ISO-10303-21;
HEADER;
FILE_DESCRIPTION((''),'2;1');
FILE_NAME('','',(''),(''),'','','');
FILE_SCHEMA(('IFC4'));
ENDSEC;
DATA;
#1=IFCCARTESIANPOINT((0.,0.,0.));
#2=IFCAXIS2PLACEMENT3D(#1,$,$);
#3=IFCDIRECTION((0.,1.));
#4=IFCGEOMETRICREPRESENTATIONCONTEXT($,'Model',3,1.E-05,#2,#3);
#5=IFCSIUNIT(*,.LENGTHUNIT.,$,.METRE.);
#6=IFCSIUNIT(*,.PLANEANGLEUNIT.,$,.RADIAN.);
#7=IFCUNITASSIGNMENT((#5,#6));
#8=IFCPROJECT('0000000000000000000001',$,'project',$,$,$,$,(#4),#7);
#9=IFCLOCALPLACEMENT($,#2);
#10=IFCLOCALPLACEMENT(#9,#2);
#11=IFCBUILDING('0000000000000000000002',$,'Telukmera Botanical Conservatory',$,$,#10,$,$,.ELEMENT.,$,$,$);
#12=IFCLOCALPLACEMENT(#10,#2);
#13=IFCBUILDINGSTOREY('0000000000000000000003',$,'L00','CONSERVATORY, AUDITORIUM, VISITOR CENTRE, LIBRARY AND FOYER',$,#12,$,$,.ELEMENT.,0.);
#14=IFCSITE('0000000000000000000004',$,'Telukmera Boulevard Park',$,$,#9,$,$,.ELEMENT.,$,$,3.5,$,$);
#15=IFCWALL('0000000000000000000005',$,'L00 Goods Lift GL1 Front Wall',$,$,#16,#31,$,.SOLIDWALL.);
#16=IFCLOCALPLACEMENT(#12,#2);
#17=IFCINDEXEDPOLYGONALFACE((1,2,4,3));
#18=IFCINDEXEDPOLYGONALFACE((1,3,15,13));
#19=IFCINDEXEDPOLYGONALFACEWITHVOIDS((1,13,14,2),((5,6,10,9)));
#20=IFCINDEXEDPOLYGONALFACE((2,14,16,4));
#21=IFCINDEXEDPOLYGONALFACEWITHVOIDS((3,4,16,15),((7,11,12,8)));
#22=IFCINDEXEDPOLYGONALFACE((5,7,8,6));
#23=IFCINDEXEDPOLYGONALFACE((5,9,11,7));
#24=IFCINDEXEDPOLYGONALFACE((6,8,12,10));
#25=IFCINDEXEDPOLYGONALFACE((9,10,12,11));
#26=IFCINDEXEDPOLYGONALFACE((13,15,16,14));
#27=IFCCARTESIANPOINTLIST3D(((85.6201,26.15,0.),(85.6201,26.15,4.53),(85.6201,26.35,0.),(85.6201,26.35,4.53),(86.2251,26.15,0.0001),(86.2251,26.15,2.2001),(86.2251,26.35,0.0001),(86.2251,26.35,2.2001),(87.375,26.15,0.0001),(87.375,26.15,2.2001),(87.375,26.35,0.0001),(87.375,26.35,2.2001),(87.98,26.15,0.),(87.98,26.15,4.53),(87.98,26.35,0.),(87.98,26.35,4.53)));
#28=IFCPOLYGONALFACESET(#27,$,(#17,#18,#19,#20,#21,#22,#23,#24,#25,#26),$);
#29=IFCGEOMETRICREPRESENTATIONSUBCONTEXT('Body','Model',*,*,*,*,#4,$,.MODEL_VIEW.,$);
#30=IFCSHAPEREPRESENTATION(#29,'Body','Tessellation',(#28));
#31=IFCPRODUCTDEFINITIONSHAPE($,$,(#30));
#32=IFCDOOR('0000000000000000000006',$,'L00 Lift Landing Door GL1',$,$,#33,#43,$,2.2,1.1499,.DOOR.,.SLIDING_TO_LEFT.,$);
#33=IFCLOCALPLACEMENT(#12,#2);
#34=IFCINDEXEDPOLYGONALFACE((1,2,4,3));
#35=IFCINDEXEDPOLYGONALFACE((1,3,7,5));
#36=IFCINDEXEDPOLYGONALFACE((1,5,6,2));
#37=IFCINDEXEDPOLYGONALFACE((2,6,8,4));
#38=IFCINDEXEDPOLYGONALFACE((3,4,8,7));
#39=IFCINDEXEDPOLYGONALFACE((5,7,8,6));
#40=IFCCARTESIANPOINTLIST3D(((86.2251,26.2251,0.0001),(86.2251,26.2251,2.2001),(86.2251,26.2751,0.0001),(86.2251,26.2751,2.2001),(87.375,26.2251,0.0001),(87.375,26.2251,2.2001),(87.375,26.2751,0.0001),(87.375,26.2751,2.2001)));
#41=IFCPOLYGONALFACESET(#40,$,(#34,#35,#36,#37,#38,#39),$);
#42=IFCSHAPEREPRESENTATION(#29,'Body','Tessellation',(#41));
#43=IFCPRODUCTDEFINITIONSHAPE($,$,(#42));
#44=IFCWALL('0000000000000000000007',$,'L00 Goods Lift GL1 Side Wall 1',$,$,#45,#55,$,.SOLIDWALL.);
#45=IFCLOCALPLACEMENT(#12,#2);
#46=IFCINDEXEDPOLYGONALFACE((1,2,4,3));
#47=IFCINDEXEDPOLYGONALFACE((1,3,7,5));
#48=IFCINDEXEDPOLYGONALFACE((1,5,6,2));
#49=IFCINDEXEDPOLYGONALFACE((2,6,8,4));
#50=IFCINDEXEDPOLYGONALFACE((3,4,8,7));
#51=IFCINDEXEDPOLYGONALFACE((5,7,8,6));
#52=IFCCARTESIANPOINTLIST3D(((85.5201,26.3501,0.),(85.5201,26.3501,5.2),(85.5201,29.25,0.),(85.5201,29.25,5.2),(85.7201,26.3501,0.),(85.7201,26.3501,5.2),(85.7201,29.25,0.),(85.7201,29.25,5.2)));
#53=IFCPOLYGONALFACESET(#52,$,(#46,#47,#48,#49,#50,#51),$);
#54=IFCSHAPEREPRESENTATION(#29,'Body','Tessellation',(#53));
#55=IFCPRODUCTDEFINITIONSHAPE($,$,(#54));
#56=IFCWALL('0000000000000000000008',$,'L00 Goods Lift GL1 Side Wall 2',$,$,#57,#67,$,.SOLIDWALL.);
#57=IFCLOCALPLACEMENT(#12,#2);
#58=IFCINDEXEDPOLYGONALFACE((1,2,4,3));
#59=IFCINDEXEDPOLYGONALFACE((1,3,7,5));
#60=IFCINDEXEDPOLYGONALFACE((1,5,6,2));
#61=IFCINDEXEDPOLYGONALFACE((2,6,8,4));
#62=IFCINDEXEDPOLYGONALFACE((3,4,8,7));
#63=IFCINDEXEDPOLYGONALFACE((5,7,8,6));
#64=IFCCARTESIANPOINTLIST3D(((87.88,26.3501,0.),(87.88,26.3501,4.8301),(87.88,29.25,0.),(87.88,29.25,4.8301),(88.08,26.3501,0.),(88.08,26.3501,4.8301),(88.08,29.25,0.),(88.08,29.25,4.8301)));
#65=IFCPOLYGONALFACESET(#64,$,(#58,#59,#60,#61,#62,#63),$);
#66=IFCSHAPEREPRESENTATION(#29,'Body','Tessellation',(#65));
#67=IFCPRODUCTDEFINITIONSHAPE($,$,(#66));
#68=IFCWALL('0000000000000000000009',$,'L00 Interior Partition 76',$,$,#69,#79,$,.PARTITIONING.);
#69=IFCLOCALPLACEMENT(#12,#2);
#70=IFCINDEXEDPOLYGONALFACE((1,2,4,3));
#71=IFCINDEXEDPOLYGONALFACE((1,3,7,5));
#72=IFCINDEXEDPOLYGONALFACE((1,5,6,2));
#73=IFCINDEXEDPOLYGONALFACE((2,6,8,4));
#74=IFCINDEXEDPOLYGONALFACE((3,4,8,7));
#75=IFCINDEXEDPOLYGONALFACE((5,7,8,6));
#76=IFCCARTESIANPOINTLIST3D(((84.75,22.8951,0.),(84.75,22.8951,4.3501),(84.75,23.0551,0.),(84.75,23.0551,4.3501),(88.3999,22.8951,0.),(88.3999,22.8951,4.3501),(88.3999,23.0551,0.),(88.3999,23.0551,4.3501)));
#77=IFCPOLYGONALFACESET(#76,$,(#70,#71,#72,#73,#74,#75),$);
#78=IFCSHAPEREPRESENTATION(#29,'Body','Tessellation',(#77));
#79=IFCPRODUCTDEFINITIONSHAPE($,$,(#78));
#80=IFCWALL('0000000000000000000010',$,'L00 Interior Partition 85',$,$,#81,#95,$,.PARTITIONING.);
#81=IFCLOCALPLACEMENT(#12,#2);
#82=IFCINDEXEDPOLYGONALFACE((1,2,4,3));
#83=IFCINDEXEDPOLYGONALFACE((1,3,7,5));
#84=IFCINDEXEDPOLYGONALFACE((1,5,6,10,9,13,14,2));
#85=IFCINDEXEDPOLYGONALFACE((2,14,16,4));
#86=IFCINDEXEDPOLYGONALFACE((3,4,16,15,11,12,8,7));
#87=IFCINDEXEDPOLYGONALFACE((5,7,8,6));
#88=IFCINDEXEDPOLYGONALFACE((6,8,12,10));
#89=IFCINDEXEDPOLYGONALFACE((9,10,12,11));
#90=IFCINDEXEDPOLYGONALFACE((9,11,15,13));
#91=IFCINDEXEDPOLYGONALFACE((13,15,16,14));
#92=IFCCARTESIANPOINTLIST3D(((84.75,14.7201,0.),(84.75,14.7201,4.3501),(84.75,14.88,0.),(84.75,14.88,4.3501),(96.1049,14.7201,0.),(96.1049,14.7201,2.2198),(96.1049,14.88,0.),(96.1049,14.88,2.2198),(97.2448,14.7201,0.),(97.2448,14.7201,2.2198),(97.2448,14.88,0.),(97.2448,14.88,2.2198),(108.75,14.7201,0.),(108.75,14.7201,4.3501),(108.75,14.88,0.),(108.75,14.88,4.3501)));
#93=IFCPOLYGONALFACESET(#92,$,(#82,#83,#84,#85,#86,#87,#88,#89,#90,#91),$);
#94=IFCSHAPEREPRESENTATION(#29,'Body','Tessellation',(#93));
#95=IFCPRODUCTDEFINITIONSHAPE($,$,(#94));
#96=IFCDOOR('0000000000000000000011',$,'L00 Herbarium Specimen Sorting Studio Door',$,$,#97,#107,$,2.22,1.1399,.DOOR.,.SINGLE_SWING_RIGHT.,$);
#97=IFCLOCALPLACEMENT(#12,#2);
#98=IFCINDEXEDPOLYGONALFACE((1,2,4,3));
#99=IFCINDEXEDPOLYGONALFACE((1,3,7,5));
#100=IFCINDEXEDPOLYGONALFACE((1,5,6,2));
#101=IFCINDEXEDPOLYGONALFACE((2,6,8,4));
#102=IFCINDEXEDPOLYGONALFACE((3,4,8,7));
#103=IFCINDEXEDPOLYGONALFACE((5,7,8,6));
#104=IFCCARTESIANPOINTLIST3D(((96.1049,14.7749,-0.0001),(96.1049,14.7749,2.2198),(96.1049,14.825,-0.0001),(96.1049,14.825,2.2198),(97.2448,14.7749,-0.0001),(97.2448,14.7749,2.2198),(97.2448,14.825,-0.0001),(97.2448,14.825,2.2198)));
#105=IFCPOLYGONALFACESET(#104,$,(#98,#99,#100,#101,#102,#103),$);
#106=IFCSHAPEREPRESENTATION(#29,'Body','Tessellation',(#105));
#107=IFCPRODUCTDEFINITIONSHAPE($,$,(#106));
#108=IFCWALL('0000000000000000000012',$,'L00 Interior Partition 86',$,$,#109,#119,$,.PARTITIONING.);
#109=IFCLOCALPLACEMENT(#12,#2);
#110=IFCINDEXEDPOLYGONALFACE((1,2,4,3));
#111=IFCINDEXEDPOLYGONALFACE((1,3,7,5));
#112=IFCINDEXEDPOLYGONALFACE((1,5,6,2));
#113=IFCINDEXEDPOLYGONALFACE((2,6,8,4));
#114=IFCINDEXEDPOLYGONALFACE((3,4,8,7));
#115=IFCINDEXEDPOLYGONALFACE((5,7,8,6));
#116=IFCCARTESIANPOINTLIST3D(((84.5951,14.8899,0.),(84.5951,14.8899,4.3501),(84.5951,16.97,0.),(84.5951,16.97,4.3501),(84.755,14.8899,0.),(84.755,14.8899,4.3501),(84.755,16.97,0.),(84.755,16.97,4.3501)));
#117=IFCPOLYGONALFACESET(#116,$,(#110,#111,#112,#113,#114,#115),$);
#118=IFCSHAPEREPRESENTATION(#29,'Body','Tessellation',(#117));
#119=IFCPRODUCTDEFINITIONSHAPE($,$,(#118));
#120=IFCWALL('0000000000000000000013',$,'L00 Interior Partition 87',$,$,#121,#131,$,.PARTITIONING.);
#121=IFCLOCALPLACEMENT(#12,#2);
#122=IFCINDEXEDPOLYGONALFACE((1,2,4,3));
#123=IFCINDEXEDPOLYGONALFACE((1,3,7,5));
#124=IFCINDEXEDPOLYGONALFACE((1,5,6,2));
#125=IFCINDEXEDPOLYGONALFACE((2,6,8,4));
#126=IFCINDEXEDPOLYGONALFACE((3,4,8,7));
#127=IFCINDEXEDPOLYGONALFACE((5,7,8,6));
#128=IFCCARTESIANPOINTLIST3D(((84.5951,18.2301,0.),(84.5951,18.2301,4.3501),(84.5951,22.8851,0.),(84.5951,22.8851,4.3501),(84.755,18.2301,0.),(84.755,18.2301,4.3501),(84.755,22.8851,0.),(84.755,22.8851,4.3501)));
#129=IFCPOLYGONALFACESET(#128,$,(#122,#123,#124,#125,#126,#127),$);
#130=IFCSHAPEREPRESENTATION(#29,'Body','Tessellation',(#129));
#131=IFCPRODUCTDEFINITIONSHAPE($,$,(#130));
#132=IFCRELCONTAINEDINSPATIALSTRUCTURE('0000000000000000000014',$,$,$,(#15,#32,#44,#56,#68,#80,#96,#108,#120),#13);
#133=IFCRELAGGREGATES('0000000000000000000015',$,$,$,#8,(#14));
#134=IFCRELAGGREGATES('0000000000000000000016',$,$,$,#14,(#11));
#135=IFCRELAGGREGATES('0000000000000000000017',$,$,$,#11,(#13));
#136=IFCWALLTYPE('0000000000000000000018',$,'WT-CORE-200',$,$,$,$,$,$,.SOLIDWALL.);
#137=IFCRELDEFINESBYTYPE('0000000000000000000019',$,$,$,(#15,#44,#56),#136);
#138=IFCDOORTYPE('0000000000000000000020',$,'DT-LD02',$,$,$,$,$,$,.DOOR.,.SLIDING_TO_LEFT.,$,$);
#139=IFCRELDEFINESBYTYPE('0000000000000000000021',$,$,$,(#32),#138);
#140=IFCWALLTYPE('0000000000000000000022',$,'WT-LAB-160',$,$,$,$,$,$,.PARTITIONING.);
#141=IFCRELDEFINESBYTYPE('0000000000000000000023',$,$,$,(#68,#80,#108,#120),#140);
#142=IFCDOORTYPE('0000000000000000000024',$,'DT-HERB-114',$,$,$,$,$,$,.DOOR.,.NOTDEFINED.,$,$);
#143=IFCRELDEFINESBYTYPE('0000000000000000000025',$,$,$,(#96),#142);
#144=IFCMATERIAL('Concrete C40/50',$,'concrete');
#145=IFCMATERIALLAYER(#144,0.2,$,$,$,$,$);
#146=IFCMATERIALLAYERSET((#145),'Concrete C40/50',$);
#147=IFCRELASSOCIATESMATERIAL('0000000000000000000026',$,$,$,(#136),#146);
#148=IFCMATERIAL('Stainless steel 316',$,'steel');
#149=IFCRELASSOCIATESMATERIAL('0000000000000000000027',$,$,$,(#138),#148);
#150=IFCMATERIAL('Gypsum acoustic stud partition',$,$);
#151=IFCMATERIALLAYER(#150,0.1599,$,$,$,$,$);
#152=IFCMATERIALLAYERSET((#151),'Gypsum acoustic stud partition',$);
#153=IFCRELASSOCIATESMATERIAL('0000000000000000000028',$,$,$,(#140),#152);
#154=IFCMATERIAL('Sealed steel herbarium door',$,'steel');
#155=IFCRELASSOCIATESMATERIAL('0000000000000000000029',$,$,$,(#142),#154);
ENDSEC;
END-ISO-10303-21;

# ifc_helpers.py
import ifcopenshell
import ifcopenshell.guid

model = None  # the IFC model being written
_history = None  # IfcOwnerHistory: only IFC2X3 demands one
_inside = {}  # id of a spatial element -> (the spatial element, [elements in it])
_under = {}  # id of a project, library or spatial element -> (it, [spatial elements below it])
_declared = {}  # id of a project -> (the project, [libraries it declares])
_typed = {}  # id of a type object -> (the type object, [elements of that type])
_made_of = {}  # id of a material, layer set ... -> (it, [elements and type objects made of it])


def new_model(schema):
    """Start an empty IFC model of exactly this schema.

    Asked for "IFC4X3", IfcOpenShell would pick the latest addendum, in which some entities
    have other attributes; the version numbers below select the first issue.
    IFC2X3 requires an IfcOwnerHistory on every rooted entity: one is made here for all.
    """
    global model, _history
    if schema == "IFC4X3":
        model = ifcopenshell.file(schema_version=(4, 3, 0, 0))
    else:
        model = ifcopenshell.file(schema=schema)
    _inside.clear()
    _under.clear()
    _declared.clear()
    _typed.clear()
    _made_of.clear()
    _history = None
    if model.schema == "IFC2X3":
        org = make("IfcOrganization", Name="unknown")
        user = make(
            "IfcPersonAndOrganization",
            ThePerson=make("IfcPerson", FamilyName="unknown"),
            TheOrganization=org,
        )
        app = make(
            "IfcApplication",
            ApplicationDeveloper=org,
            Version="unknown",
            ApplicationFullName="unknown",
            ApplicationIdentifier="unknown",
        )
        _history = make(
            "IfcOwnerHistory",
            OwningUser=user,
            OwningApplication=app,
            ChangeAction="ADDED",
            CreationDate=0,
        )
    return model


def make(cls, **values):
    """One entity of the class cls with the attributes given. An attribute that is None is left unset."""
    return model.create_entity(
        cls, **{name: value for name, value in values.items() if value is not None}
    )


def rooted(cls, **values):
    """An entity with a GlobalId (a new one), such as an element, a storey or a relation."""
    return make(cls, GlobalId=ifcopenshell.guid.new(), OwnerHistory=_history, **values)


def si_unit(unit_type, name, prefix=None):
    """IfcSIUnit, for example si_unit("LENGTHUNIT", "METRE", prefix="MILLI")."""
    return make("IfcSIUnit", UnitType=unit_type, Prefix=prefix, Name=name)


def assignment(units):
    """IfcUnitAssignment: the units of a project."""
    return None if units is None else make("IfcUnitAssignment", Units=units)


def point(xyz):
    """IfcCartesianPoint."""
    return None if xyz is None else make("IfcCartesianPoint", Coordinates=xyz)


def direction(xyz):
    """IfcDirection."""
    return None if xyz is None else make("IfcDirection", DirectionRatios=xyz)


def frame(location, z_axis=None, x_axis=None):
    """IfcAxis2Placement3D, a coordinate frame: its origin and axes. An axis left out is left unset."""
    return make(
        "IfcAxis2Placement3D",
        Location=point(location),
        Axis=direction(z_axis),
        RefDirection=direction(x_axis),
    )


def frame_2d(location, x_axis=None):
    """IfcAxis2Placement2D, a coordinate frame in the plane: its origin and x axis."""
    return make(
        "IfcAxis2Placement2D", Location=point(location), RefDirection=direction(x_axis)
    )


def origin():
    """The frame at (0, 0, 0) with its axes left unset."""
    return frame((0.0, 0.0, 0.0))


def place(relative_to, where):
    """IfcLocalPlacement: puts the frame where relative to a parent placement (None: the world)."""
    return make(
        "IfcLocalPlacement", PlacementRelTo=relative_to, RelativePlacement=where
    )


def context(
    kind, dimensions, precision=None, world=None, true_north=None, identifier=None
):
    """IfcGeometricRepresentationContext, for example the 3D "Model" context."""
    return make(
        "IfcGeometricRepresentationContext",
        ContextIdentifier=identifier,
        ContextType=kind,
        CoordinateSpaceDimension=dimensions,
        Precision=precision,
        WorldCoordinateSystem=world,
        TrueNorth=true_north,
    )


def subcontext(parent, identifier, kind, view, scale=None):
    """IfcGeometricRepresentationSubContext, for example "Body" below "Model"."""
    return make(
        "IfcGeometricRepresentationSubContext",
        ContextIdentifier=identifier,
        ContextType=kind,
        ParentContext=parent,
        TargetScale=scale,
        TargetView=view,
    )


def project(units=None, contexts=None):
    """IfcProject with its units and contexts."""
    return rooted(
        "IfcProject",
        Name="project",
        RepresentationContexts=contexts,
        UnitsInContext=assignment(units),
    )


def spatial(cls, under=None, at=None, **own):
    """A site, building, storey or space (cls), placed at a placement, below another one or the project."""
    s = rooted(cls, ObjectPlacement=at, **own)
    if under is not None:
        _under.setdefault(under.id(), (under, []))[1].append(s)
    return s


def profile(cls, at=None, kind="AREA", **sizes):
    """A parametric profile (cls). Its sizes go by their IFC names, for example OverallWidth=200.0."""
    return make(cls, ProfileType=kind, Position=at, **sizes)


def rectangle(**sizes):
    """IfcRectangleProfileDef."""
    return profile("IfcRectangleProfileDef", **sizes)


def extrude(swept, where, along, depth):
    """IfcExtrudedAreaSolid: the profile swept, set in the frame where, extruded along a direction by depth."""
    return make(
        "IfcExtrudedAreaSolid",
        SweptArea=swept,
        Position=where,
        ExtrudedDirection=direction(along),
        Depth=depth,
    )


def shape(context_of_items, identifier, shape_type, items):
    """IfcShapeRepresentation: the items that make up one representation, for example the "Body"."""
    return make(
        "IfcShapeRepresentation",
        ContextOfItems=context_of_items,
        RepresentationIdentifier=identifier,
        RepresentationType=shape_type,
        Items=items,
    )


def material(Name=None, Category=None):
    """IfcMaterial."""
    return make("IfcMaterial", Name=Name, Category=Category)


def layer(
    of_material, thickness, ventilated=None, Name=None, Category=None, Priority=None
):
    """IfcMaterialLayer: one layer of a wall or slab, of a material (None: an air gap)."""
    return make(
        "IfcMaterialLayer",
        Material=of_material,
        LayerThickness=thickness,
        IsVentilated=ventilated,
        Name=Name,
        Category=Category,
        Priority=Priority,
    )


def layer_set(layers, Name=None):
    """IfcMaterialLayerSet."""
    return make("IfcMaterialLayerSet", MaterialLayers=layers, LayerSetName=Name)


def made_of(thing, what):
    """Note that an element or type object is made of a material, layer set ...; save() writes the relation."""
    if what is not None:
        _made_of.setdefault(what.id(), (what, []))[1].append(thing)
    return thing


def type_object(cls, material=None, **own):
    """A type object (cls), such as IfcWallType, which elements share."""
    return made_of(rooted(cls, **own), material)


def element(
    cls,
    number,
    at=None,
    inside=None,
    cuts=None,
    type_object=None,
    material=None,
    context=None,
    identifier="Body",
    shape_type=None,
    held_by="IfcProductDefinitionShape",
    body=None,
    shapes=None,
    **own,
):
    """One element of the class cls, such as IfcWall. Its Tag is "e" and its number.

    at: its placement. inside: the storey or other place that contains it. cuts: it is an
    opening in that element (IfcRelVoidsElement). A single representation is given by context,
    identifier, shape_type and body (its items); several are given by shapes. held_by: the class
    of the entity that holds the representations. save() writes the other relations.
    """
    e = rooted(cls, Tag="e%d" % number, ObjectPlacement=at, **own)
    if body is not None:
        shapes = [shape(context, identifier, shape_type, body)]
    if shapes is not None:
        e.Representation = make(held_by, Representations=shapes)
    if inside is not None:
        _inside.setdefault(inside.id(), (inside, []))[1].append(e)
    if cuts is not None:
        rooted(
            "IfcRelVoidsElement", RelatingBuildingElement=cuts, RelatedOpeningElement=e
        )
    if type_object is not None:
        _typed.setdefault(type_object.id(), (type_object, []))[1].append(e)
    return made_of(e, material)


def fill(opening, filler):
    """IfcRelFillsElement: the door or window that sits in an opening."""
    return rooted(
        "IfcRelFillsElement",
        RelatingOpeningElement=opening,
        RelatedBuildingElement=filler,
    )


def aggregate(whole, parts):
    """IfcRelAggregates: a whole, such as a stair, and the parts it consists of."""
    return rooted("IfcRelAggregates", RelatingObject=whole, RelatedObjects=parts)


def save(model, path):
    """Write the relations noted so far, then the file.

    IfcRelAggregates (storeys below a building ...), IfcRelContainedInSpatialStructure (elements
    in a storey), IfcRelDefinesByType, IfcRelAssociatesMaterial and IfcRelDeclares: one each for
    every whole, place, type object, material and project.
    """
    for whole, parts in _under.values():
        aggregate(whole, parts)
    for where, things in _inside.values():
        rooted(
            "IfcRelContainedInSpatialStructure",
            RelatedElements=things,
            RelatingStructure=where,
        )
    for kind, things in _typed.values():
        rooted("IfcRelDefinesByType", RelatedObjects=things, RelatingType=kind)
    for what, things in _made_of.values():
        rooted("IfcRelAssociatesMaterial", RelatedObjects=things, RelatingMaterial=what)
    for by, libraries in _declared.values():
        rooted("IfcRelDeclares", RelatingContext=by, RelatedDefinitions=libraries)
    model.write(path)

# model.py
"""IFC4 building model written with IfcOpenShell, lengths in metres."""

from ifc_helpers import new_model, si_unit, direction, frame, frame_2d, origin, place, context, subcontext, project, spatial, rectangle, extrude, material, layer, layer_set, type_object, element, fill, save


model = new_model("IFC4")

# Units and contexts
model_context = context("Model", 3, precision=1e-05, world=origin(), true_north=direction((0.0, 1.0)))
body_context = subcontext(model_context, "Body", "Model", "MODEL_VIEW")
ifc_project = project(units=[si_unit("LENGTHUNIT", "METRE"), si_unit("PLANEANGLEUNIT", "RADIAN")], contexts=[model_context])

# Site, building, storey
site_placement = place(None, origin())
site = spatial("IfcSite", under=ifc_project, at=site_placement, Name="Telukmera Boulevard Park", CompositionType="ELEMENT", RefElevation=3.5)
building_placement = place(site_placement, origin())
building = spatial("IfcBuilding", under=site, at=building_placement, Name="Telukmera Botanical Conservatory", CompositionType="ELEMENT")
storey_placement = place(building_placement, origin())
storey = spatial("IfcBuildingStorey", under=building, at=storey_placement, Name="L00", Description="CONSERVATORY, AUDITORIUM, VISITOR CENTRE, LIBRARY AND FOYER", CompositionType="ELEMENT", Elevation=0.0)

# Shared definitions
ifc_material_1 = material(Name="Concrete C40/50", Category="concrete")

# Wall, opening, door
ifc_layer_1 = layer(ifc_material_1, 0.2)
ifc_layer_set_1 = layer_set([ifc_layer_1], Name="Concrete C40/50")
wall_type_1 = type_object("IfcWallType", Name="WT-CORE-200", PredefinedType="SOLIDWALL", material=ifc_layer_set_1)
wall_1_placement = place(storey_placement, frame((85.6201, 26.25, 0.0), z_axis=(0.0, 0.0, 1.0), x_axis=(1.0, 0.0, 0.0)))
wall_1 = element("IfcWall", 1, at=wall_1_placement, inside=storey, type_object=wall_type_1, Name="L00 Goods Lift GL1 Front Wall", PredefinedType="SOLIDWALL", context=body_context, shape_type="SweptSolid", body=[
    extrude(rectangle(XDim=2.3599, YDim=0.2, at=frame_2d((1.1799, 0.0))), origin(), (0.0, 0.0, 1.0), 4.53),
])
opening_1_placement = place(wall_1_placement, frame((0.605, 0.0, 0.0)))
opening_1 = element("IfcOpeningElement", 2, at=opening_1_placement, cuts=wall_1, PredefinedType="OPENING", context=body_context, shape_type="SweptSolid", body=[
    extrude(rectangle(XDim=1.1499, YDim=2.2, at=frame_2d((0.575, 1.1001))), frame((0.0, 0.1099, 0.0), z_axis=(0.0, -1.0, 0.0), x_axis=(1.0, 0.0, 0.0)), (0.0, 0.0, 1.0), 0.22),
])
ifc_material_2 = material(Name="Stainless steel 316", Category="steel")
door_type_1 = type_object("IfcDoorType", Name="DT-LD02", OperationType="SLIDING_TO_LEFT", PredefinedType="DOOR", material=ifc_material_2)
door_1_placement = place(opening_1_placement, frame((1.1499, 0.0, 0.0), z_axis=(0.0, 0.0, 1.0), x_axis=(-1.0, 0.0, 0.0)))
door_1 = element("IfcDoor", 3, at=door_1_placement, inside=storey, type_object=door_type_1, Name="L00 Lift Landing Door GL1", OperationType="SLIDING_TO_LEFT", OverallHeight=2.2, OverallWidth=1.1499, PredefinedType="DOOR", context=body_context, shape_type="SweptSolid", body=[
    extrude(rectangle(XDim=1.1499, YDim=2.2, at=frame_2d((0.575, 1.1001))), frame((0.0, 0.0249, 0.0), z_axis=(0.0, -1.0, 0.0), x_axis=(1.0, 0.0, 0.0)), (0.0, 0.0, 1.0), 0.05),
])
fill(opening_1, door_1)

# Walls
wall_2_placement = place(storey_placement, frame((85.6201, 26.3501, 0.0), z_axis=(0.0, 0.0, 1.0), x_axis=(0.0, 1.0, 0.0)))
element("IfcWall", 4, at=wall_2_placement, inside=storey, type_object=wall_type_1, Name="L00 Goods Lift GL1 Side Wall 1", PredefinedType="SOLIDWALL", context=body_context, shape_type="SweptSolid", body=[
    extrude(rectangle(XDim=2.8999, YDim=0.2, at=frame_2d((1.45, 0.0))), origin(), (0.0, 0.0, 1.0), 5.2),
])
wall_3_placement = place(storey_placement, frame((87.98, 26.3501, 0.0), z_axis=(0.0, 0.0, 1.0), x_axis=(0.0, 1.0, 0.0)))
element("IfcWall", 5, at=wall_3_placement, inside=storey, type_object=wall_type_1, Name="L00 Goods Lift GL1 Side Wall 2", PredefinedType="SOLIDWALL", context=body_context, shape_type="SweptSolid", body=[
    extrude(rectangle(XDim=2.8999, YDim=0.2, at=frame_2d((1.45, 0.0))), origin(), (0.0, 0.0, 1.0), 4.8301),
])
ifc_material_3 = material(Name="Gypsum acoustic stud partition")
ifc_layer_2 = layer(ifc_material_3, 0.1599)
ifc_layer_set_2 = layer_set([ifc_layer_2], Name="Gypsum acoustic stud partition")
wall_type_2 = type_object("IfcWallType", Name="WT-LAB-160", PredefinedType="PARTITIONING", material=ifc_layer_set_2)
wall_4_placement = place(storey_placement, frame((84.75, 22.9751, 0.0), z_axis=(0.0, 0.0, 1.0), x_axis=(1.0, 0.0, 0.0)))
element("IfcWall", 6, at=wall_4_placement, inside=storey, type_object=wall_type_2, Name="L00 Interior Partition 76", PredefinedType="PARTITIONING", context=body_context, shape_type="SweptSolid", body=[
    extrude(rectangle(XDim=3.6499, YDim=0.1599, at=frame_2d((1.825, 0.0))), origin(), (0.0, 0.0, 1.0), 4.3501),
])

# Wall, opening, door
wall_5_placement = place(storey_placement, frame((84.75, 14.8, 0.0), z_axis=(0.0, 0.0, 1.0), x_axis=(1.0, 0.0, 0.0)))
wall_5 = element("IfcWall", 7, at=wall_5_placement, inside=storey, type_object=wall_type_2, Name="L00 Interior Partition 85", PredefinedType="PARTITIONING", context=body_context, shape_type="SweptSolid", body=[
    extrude(rectangle(XDim=24.0, YDim=0.1599, at=frame_2d((12.0, 0.0))), origin(), (0.0, 0.0, 1.0), 4.3501),
])
opening_2_placement = place(wall_5_placement, frame((11.355, 0.0, 0.0)))
opening_2 = element("IfcOpeningElement", 8, at=opening_2_placement, cuts=wall_5, PredefinedType="OPENING", context=body_context, shape_type="SweptSolid", body=[
    extrude(rectangle(XDim=1.1399, YDim=2.22, at=frame_2d((0.5698, 1.1099))), frame((0.0, 0.0898, 0.0), z_axis=(0.0, -1.0, 0.0), x_axis=(1.0, 0.0, 0.0)), (0.0, 0.0, 1.0), 0.1799),
])
ifc_material_4 = material(Name="Sealed steel herbarium door", Category="steel")
door_type_2 = type_object("IfcDoorType", Name="DT-HERB-114", OperationType="NOTDEFINED", PredefinedType="DOOR", material=ifc_material_4)
door_2_placement = place(opening_2_placement, origin())
door_2 = element("IfcDoor", 9, at=door_2_placement, inside=storey, type_object=door_type_2, Name="L00 Herbarium Specimen Sorting Studio Door", OperationType="SINGLE_SWING_RIGHT", OverallHeight=2.22, OverallWidth=1.1399, PredefinedType="DOOR", context=body_context, shape_type="SweptSolid", body=[
    extrude(rectangle(XDim=1.1399, YDim=2.22, at=frame_2d((0.5698, 1.1099))), frame((0.0, 0.0249, 0.0), z_axis=(0.0, -1.0, 0.0), x_axis=(1.0, 0.0, 0.0)), (0.0, 0.0, 1.0), 0.05),
])
fill(opening_2, door_2)

# Walls
wall_6_placement = place(storey_placement, frame((84.675, 14.8899, 0.0), z_axis=(0.0, 0.0, 1.0), x_axis=(0.0, 1.0, 0.0)))
element("IfcWall", 10, at=wall_6_placement, inside=storey, type_object=wall_type_2, Name="L00 Interior Partition 86", PredefinedType="PARTITIONING", context=body_context, shape_type="SweptSolid", body=[
    extrude(rectangle(XDim=2.0801, YDim=0.1599, at=frame_2d((1.04, 0.0))), origin(), (0.0, 0.0, 1.0), 4.3501),
])
wall_7_placement = place(storey_placement, frame((84.675, 18.23, 0.0), z_axis=(0.0, 0.0, 1.0), x_axis=(0.0, 1.0, 0.0)))
element("IfcWall", 11, at=wall_7_placement, inside=storey, type_object=wall_type_2, Name="L00 Interior Partition 87", PredefinedType="PARTITIONING", context=body_context, shape_type="SweptSolid", body=[
    extrude(rectangle(XDim=4.655, YDim=0.1599, at=frame_2d((2.3276, 0.0))), origin(), (0.0, 0.0, 1.0), 4.3501),
])

save(model, "model.ifc")
